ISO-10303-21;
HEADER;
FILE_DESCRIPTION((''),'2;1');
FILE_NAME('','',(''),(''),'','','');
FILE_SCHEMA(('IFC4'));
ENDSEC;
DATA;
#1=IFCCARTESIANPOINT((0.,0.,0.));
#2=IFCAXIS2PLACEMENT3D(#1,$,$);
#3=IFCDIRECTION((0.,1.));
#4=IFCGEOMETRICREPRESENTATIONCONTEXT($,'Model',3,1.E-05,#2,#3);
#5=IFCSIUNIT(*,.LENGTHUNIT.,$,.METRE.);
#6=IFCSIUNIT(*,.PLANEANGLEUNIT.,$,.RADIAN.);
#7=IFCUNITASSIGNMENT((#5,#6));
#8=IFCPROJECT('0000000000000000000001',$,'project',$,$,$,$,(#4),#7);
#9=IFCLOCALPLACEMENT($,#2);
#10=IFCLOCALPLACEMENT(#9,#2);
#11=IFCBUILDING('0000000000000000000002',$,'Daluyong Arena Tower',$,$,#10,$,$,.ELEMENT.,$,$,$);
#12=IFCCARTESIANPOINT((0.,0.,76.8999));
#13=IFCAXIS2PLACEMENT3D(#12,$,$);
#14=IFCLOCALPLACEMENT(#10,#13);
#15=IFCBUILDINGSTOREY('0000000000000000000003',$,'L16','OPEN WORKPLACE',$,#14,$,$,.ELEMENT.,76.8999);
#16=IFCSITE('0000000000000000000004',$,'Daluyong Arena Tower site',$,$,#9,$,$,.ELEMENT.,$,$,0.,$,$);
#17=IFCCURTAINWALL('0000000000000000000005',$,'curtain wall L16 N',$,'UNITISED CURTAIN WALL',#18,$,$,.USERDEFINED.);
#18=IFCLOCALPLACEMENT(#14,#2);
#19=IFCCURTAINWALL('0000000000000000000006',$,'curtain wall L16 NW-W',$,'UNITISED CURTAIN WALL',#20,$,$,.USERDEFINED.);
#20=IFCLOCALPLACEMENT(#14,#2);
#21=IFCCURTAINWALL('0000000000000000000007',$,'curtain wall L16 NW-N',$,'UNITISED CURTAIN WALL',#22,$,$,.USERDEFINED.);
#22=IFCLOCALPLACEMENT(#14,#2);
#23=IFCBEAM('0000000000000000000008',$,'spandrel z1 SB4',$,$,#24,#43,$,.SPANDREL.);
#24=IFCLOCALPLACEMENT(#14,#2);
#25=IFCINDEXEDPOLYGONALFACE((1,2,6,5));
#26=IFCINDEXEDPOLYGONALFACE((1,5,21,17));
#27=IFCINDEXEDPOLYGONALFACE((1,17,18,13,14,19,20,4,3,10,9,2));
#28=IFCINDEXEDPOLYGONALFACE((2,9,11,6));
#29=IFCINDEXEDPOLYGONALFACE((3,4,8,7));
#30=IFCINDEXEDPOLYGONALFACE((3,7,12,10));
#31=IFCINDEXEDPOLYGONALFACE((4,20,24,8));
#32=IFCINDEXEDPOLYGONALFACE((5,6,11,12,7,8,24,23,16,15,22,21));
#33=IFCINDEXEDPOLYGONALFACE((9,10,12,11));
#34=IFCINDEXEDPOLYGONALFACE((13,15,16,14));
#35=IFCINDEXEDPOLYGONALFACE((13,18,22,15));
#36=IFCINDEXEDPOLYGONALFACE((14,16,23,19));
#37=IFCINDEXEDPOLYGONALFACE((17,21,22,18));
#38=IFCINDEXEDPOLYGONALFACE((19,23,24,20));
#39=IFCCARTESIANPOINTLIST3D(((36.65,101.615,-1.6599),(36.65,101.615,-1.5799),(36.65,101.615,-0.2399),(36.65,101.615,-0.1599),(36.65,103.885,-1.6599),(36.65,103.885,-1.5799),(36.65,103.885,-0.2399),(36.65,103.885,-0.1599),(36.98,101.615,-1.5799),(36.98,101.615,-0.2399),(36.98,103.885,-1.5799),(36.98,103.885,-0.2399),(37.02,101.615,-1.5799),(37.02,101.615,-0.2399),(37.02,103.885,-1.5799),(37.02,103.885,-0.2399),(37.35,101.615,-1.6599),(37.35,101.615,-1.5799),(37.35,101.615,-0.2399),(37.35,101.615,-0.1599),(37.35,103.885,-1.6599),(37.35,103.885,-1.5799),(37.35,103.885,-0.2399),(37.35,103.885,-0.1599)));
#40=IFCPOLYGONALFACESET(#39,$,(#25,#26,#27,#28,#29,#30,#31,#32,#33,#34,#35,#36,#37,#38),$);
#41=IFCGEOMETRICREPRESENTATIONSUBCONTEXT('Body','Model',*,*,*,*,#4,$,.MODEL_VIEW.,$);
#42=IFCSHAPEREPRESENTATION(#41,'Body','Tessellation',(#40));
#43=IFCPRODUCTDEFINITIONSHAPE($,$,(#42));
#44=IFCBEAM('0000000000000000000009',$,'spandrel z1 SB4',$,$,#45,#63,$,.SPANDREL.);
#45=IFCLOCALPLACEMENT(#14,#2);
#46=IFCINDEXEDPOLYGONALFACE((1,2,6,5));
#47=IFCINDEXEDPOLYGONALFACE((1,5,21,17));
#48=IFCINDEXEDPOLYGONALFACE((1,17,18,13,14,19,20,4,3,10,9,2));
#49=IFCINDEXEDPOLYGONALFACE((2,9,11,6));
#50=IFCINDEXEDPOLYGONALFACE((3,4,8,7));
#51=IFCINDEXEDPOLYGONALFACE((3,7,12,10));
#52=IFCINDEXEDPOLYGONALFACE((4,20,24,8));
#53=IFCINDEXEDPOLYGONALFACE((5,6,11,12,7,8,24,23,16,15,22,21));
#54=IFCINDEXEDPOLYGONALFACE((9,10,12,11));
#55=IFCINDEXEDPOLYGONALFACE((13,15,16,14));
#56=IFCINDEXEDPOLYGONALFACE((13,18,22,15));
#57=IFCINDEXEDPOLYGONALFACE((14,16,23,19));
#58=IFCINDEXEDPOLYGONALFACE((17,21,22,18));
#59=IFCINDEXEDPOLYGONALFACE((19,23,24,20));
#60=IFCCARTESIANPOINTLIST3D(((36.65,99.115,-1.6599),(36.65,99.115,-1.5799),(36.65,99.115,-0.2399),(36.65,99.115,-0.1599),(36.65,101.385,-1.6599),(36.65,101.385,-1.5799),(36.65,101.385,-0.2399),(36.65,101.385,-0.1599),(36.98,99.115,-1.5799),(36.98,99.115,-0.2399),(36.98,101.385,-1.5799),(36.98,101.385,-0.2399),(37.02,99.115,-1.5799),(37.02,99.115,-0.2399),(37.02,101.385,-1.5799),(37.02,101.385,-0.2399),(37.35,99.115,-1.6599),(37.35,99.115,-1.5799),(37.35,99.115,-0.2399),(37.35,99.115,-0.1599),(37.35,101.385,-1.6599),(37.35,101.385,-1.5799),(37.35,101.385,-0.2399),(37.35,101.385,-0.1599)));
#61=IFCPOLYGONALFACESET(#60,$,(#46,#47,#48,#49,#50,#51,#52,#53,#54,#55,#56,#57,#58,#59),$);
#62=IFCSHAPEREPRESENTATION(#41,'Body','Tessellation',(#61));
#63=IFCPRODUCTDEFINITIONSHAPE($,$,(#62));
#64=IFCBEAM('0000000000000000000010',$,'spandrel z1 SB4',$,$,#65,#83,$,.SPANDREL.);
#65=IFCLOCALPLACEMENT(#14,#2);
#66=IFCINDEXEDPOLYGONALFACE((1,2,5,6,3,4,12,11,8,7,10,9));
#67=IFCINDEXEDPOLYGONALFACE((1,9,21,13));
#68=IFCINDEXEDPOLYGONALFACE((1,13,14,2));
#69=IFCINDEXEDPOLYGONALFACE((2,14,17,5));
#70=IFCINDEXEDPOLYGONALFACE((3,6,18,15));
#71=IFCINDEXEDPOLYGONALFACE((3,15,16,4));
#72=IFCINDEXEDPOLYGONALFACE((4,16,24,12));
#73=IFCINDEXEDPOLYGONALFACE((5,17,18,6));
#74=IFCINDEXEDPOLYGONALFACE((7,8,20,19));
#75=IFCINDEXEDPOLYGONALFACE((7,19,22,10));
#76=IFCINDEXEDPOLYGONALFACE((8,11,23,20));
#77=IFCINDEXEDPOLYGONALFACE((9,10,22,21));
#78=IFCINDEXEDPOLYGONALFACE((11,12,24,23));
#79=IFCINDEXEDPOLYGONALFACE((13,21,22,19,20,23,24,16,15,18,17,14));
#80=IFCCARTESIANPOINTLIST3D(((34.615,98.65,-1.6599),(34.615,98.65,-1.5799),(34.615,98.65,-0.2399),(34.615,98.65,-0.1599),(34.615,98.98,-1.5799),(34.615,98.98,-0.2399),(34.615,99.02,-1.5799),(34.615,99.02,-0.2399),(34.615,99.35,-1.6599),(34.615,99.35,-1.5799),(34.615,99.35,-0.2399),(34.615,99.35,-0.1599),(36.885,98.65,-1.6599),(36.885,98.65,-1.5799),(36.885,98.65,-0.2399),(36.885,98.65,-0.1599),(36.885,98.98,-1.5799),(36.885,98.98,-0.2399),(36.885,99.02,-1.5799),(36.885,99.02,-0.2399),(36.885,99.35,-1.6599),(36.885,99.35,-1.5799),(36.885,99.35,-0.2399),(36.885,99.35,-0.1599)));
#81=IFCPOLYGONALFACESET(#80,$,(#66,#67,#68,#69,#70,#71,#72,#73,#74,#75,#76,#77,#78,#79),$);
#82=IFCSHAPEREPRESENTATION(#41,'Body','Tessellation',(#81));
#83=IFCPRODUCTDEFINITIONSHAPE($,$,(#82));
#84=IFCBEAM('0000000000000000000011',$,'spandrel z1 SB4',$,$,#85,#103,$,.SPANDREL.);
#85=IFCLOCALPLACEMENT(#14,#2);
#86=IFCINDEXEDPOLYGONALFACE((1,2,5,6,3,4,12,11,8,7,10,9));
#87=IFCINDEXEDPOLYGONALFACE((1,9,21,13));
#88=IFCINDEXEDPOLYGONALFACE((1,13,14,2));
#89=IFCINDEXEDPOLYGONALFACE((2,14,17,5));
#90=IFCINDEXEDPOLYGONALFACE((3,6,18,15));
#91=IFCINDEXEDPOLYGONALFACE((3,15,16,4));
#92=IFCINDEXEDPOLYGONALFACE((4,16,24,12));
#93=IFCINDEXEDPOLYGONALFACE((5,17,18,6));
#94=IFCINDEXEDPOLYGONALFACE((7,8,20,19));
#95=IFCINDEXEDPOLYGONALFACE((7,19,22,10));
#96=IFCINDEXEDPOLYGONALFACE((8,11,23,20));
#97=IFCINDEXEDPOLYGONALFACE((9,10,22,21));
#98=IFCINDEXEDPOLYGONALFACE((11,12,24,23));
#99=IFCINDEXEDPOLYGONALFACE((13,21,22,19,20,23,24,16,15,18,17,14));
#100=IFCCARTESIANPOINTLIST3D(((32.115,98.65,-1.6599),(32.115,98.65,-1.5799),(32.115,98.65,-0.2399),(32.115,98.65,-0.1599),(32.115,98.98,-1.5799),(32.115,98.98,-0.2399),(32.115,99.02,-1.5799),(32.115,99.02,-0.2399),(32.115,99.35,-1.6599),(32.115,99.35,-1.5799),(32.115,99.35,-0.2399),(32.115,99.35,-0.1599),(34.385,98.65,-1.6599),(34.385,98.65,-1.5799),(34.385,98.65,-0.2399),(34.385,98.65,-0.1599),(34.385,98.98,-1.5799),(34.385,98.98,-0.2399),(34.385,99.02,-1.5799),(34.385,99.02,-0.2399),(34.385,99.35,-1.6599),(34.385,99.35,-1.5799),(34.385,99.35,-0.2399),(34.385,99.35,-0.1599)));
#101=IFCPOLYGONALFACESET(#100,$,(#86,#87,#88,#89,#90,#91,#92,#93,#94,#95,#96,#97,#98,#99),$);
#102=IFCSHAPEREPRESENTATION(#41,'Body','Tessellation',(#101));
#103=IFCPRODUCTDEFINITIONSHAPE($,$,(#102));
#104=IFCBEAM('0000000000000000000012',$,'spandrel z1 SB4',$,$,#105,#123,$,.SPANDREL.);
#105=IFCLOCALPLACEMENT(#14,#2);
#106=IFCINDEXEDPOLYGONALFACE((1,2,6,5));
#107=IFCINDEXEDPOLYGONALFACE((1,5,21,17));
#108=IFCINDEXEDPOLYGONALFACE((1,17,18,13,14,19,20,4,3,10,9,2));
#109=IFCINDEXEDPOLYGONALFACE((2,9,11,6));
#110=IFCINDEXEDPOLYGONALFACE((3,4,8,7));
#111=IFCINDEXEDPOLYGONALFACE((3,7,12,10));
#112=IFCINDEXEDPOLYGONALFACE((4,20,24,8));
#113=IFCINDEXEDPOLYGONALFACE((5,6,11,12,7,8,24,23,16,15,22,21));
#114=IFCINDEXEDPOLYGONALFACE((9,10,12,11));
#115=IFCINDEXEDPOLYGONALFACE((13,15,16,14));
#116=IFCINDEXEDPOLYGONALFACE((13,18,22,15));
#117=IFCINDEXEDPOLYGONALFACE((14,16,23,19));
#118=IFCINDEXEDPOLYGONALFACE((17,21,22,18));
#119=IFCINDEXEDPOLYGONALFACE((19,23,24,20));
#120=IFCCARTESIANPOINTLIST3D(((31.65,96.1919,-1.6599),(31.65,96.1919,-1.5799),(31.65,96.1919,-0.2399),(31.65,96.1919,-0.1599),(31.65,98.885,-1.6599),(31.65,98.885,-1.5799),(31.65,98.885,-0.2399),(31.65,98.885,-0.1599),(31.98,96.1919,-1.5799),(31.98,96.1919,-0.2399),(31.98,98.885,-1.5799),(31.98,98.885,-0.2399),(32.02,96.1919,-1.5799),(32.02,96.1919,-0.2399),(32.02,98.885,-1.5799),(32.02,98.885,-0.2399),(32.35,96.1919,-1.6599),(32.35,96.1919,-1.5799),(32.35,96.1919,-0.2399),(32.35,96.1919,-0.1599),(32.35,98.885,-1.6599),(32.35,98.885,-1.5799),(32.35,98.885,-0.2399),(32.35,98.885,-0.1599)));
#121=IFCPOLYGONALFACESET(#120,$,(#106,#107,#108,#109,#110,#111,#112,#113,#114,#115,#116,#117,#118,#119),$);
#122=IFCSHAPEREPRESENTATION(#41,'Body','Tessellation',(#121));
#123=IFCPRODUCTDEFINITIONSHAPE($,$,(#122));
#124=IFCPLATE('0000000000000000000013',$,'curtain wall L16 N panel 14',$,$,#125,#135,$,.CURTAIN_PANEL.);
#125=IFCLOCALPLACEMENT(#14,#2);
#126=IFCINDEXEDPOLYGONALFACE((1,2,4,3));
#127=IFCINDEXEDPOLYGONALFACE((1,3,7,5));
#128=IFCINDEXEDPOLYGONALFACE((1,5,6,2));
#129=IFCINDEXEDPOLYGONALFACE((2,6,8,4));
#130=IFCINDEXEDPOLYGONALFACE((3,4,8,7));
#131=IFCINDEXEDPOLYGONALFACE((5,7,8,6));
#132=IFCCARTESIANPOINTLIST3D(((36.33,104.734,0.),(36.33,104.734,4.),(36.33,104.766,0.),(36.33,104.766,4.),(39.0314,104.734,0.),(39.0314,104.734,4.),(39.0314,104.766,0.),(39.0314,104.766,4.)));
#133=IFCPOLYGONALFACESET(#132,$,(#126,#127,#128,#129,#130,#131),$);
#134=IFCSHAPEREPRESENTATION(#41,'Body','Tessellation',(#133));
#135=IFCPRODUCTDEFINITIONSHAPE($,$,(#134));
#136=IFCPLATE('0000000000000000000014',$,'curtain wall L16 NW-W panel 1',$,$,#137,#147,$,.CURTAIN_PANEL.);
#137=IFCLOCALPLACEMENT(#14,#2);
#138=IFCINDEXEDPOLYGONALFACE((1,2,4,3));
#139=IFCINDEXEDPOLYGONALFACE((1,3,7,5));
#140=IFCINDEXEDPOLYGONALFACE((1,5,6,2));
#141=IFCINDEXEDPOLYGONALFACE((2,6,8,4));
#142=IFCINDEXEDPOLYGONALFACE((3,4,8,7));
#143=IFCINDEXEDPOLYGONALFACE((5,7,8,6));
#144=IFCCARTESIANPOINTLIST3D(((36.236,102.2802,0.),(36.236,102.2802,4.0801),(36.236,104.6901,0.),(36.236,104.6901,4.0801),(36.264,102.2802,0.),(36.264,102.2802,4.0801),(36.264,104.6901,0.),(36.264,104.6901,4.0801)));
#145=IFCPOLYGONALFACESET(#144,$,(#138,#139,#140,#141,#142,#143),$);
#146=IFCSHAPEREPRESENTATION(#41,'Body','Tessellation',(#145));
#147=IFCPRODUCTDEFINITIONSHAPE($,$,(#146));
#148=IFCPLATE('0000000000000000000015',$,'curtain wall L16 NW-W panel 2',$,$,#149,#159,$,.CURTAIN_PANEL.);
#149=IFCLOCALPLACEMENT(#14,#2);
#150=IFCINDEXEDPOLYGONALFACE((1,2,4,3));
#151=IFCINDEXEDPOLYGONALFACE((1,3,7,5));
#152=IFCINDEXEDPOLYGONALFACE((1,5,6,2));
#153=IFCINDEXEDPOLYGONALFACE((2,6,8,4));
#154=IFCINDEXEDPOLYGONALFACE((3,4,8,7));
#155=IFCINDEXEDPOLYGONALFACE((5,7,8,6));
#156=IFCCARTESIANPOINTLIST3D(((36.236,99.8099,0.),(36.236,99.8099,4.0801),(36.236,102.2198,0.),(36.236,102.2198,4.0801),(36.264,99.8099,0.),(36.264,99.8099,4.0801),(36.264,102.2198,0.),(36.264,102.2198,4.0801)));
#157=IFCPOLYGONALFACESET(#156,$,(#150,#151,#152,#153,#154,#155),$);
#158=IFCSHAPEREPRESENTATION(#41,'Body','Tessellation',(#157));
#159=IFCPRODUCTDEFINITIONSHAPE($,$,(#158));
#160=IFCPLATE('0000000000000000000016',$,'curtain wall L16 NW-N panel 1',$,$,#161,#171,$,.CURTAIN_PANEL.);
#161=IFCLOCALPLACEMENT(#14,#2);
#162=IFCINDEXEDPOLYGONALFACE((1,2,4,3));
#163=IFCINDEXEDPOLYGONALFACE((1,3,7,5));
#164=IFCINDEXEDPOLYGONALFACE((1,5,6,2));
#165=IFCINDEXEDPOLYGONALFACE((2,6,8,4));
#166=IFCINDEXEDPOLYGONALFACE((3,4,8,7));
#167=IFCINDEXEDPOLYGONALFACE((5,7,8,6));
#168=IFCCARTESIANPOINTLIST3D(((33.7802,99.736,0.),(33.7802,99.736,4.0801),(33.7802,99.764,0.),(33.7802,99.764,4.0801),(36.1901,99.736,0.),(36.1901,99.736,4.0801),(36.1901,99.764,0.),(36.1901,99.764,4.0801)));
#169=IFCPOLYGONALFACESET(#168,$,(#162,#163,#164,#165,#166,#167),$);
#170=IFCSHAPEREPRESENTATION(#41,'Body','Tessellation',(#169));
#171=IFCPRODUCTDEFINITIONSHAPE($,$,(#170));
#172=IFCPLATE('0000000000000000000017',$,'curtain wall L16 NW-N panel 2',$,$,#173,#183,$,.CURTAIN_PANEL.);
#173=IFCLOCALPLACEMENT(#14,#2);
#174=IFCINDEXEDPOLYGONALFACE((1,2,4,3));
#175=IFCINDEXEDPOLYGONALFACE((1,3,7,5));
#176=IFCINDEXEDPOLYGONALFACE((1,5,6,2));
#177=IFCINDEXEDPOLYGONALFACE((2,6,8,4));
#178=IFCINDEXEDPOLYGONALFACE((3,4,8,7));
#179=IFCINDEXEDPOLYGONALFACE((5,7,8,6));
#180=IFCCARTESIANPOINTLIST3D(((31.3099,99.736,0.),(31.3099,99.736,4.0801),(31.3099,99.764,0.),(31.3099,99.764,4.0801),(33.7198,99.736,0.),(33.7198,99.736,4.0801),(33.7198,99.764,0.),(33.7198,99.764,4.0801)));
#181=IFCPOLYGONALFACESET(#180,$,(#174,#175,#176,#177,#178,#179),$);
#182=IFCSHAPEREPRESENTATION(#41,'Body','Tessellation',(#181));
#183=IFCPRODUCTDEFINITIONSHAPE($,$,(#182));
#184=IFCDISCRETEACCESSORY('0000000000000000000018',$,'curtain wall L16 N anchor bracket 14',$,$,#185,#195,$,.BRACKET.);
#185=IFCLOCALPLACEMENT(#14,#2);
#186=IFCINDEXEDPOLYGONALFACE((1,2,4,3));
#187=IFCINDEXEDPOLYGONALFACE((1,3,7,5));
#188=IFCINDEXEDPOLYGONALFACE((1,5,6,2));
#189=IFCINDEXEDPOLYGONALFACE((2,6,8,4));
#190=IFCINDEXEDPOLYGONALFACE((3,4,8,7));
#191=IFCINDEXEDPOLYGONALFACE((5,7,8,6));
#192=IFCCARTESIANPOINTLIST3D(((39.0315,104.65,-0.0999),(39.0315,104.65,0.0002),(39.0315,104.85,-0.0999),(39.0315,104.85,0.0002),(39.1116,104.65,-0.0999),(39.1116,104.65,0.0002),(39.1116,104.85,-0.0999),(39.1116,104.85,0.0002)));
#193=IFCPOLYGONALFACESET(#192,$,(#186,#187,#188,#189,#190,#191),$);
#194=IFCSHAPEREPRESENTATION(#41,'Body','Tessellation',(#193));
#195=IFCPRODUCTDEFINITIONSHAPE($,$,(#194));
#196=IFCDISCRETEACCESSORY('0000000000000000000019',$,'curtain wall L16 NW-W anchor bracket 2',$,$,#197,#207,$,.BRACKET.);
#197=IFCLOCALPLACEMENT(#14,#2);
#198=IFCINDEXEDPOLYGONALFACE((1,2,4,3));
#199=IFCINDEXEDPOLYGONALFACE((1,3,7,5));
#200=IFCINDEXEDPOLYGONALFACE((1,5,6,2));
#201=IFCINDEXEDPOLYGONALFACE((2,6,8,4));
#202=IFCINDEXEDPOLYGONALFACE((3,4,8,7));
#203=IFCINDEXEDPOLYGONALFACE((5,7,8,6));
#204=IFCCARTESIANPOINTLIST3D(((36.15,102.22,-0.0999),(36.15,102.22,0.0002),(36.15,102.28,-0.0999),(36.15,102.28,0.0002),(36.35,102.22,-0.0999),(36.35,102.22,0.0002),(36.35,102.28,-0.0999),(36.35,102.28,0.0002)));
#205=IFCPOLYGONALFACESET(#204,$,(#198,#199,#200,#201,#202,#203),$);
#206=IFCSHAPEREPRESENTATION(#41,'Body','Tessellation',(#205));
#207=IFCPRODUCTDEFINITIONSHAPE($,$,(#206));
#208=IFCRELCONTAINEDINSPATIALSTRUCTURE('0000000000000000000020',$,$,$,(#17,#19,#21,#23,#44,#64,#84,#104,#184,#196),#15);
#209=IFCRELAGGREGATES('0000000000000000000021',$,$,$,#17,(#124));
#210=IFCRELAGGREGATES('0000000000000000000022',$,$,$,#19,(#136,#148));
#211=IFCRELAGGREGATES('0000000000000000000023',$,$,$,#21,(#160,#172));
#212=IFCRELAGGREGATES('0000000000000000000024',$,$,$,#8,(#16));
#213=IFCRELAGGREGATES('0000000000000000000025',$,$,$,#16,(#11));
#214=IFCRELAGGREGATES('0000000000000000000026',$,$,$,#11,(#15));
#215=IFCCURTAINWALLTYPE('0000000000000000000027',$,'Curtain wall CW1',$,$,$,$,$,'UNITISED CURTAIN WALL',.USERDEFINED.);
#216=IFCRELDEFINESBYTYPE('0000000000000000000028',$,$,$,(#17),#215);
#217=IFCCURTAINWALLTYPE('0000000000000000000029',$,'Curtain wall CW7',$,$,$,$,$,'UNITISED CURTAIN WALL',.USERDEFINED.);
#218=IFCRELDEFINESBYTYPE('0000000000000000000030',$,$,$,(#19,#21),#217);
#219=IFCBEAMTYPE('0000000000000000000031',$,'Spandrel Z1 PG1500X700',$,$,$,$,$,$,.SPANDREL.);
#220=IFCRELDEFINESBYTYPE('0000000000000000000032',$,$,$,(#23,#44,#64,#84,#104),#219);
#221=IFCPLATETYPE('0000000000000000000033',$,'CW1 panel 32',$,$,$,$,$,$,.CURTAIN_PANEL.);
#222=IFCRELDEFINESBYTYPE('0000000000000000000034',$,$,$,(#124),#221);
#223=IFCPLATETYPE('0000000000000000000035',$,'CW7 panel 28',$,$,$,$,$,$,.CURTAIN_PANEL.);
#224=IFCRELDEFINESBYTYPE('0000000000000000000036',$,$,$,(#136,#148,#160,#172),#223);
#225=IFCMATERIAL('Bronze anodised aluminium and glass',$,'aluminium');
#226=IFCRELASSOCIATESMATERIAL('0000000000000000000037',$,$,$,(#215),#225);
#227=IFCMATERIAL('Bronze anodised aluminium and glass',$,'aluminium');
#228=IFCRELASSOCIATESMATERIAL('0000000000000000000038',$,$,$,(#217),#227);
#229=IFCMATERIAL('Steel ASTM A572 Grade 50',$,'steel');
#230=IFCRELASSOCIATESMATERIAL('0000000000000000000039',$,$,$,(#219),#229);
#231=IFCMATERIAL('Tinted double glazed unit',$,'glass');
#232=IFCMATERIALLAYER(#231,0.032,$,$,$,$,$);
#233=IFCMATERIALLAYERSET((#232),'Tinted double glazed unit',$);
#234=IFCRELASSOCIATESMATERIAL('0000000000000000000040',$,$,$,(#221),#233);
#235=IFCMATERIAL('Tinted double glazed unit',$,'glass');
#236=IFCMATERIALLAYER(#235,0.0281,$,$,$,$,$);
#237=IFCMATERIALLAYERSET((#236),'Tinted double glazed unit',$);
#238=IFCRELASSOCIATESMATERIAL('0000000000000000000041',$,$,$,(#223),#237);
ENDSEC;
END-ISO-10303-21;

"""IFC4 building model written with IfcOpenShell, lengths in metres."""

from ifc_helpers import new_model, si_unit, direction, frame, origin, origin_2d, place, context, subcontext, project, spatial, rectangle, i_section, extrude, material, layer, layer_set, material_profile, profile_set, type_object, element, aggregate, save


model = new_model("IFC4")

# Units and contexts
model_context = context("Model", 3, precision=1e-05, world=origin(), true_north=direction((0.0, 1.0)))
body_context = subcontext(model_context, "Body", "Model", "MODEL_VIEW")
ifc_project = project(units=[si_unit("LENGTHUNIT", "METRE"), si_unit("PLANEANGLEUNIT", "RADIAN")], contexts=[model_context])

# Site, building, storey
site_placement = place(None, origin())
site = spatial("IfcSite", under=ifc_project, at=site_placement, Name="Daluyong Arena Tower site", CompositionType="ELEMENT", RefElevation=0.0)
building_placement = place(site_placement, origin())
building = spatial("IfcBuilding", under=site, at=building_placement, Name="Daluyong Arena Tower", CompositionType="ELEMENT")
storey_placement = place(building_placement, frame((0.0, 0.0, 76.8999)))
storey = spatial("IfcBuildingStorey", under=building, at=storey_placement, Name="L16", Description="OPEN WORKPLACE", CompositionType="ELEMENT", Elevation=76.8999)

# Curtain wall
ifc_material_1 = material(Name="Bronze anodised aluminium and glass", Category="aluminium")
curtain_wall_type_1 = type_object("IfcCurtainWallType", Name="Curtain wall CW1", ElementType="UNITISED CURTAIN WALL", PredefinedType="USERDEFINED", material=ifc_material_1)
curtain_wall_1_placement = place(storey_placement, origin())
curtain_wall_1 = element("IfcCurtainWall", 1, at=curtain_wall_1_placement, inside=storey, type_object=curtain_wall_type_1, Name="curtain wall L16 N", ObjectType="UNITISED CURTAIN WALL", PredefinedType="USERDEFINED")

# Curtain walls
ifc_material_2 = material(Name="Bronze anodised aluminium and glass", Category="aluminium")
curtain_wall_type_2 = type_object("IfcCurtainWallType", Name="Curtain wall CW7", ElementType="UNITISED CURTAIN WALL", PredefinedType="USERDEFINED", material=ifc_material_2)
curtain_wall_2_placement = place(storey_placement, origin())
curtain_wall_2 = element("IfcCurtainWall", 2, at=curtain_wall_2_placement, inside=storey, type_object=curtain_wall_type_2, Name="curtain wall L16 NW-W", ObjectType="UNITISED CURTAIN WALL", PredefinedType="USERDEFINED")
curtain_wall_3_placement = place(storey_placement, origin())
curtain_wall_3 = element("IfcCurtainWall", 3, at=curtain_wall_3_placement, inside=storey, type_object=curtain_wall_type_2, Name="curtain wall L16 NW-N", ObjectType="UNITISED CURTAIN WALL", PredefinedType="USERDEFINED")

# Beams
ifc_material_3 = material(Name="Steel ASTM A572 Grade 50", Category="steel")
ifc_material_profile_1 = material_profile(ifc_material_3, i_section(OverallWidth=0.7, OverallDepth=1.5, WebThickness=0.04, FlangeThickness=0.08, at=origin_2d()))
ifc_profile_set_1 = profile_set([ifc_material_profile_1], Name="Steel ASTM A572 Grade 50")
beam_type_1 = type_object("IfcBeamType", Name="Spandrel Z1 PG1500X700", PredefinedType="SPANDREL", material=ifc_profile_set_1)
for number, where, z_axis, x_axis, name in (
    (4, (37.0, 103.885, -0.9099), (0.0, -1.0, 0.0), (1.0, 0.0, 0.0), "spandrel z1 SB4"),
    (5, (37.0, 101.385, -0.9099), (0.0, -1.0, 0.0), (1.0, 0.0, 0.0), "spandrel z1 SB4"),
    (6, (36.885, 99.0, -0.9099), (-1.0, 0.0, 0.0), (0.0, -1.0, 0.0), "spandrel z1 SB4"),
    (7, (34.385, 99.0, -0.9099), (-1.0, 0.0, 0.0), (0.0, -1.0, 0.0), "spandrel z1 SB4"),
):
    element("IfcBeam", number, at=place(storey_placement, frame(where, z_axis=z_axis, x_axis=x_axis)), inside=storey, type_object=beam_type_1, Name=name, PredefinedType="SPANDREL", context=body_context, shape_type="SweptSolid", body=[
        extrude(i_section(OverallWidth=0.7, OverallDepth=1.5, WebThickness=0.04, FlangeThickness=0.08, at=origin_2d()), origin(), (0.0, 0.0, 1.0), 2.27),
    ])
beam_1_placement = place(storey_placement, frame((32.0, 98.885, -0.9099), z_axis=(0.0, -1.0, 0.0), x_axis=(1.0, 0.0, 0.0)))
element("IfcBeam", 8, at=beam_1_placement, inside=storey, type_object=beam_type_1, Name="spandrel z1 SB4", PredefinedType="SPANDREL", context=body_context, shape_type="SweptSolid", body=[
    extrude(i_section(OverallWidth=0.7, OverallDepth=1.5, WebThickness=0.04, FlangeThickness=0.08, at=origin_2d()), origin(), (0.0, 0.0, 1.0), 2.6931),
])

# Plates
ifc_material_4 = material(Name="Tinted double glazed unit", Category="glass")
ifc_layer_1 = layer(ifc_material_4, 0.032)
ifc_layer_set_1 = layer_set([ifc_layer_1], Name="Tinted double glazed unit")
plate_type_1 = type_object("IfcPlateType", Name="CW1 panel 32", PredefinedType="CURTAIN_PANEL", material=ifc_layer_set_1)
plate_1_placement = place(storey_placement, frame((37.6807, 104.75, 0.0), z_axis=(0.0, 0.0, 1.0), x_axis=(-1.0, 0.0, 0.0)))
plate_1 = element("IfcPlate", 9, at=plate_1_placement, type_object=plate_type_1, Name="curtain wall L16 N panel 14", PredefinedType="CURTAIN_PANEL", context=body_context, shape_type="SweptSolid", body=[
    extrude(rectangle(XDim=2.7014, YDim=0.032, at=origin_2d()), origin(), (0.0, 0.0, 1.0), 4.0),
])
aggregate(curtain_wall_1, [plate_1])
ifc_material_5 = material(Name="Tinted double glazed unit", Category="glass")
ifc_layer_2 = layer(ifc_material_5, 0.0281)
ifc_layer_set_2 = layer_set([ifc_layer_2], Name="Tinted double glazed unit")
plate_type_2 = type_object("IfcPlateType", Name="CW7 panel 28", PredefinedType="CURTAIN_PANEL", material=ifc_layer_set_2)
plate_2_placement = place(storey_placement, frame((36.25, 103.4851, 0.0), z_axis=(0.0, 0.0, 1.0), x_axis=(0.0, -1.0, 0.0)))
plate_2 = element("IfcPlate", 10, at=plate_2_placement, type_object=plate_type_2, Name="curtain wall L16 NW-W panel 1", PredefinedType="CURTAIN_PANEL", context=body_context, shape_type="SweptSolid", body=[
    extrude(rectangle(XDim=2.4099, YDim=0.0281, at=origin_2d()), origin(), (0.0, 0.0, 1.0), 4.0801),
])
plate_3_placement = place(storey_placement, frame((36.25, 101.0149, 0.0), z_axis=(0.0, 0.0, 1.0), x_axis=(0.0, -1.0, 0.0)))
plate_3 = element("IfcPlate", 11, at=plate_3_placement, type_object=plate_type_2, Name="curtain wall L16 NW-W panel 2", PredefinedType="CURTAIN_PANEL", context=body_context, shape_type="SweptSolid", body=[
    extrude(rectangle(XDim=2.4099, YDim=0.0281, at=origin_2d()), origin(), (0.0, 0.0, 1.0), 4.0801),
])
aggregate(curtain_wall_2, [plate_2, plate_3])
plate_4_placement = place(storey_placement, frame((34.9851, 99.75, 0.0), z_axis=(0.0, 0.0, 1.0), x_axis=(-1.0, 0.0, 0.0)))
plate_4 = element("IfcPlate", 12, at=plate_4_placement, type_object=plate_type_2, Name="curtain wall L16 NW-N panel 1", PredefinedType="CURTAIN_PANEL", context=body_context, shape_type="SweptSolid", body=[
    extrude(rectangle(XDim=2.4099, YDim=0.0281, at=origin_2d()), origin(), (0.0, 0.0, 1.0), 4.0801),
])
plate_5_placement = place(storey_placement, frame((32.5149, 99.75, 0.0), z_axis=(0.0, 0.0, 1.0), x_axis=(-1.0, 0.0, 0.0)))
plate_5 = element("IfcPlate", 13, at=plate_5_placement, type_object=plate_type_2, Name="curtain wall L16 NW-N panel 2", PredefinedType="CURTAIN_PANEL", context=body_context, shape_type="SweptSolid", body=[
    extrude(rectangle(XDim=2.4099, YDim=0.0281, at=origin_2d()), origin(), (0.0, 0.0, 1.0), 4.0801),
])
aggregate(curtain_wall_3, [plate_4, plate_5])

# Discrete accessories
discrete_accessory_placement = place(storey_placement, frame((39.0715, 104.75, -0.0999), z_axis=(0.0, 0.0, 1.0), x_axis=(-1.0, 0.0, 0.0)))
element("IfcDiscreteAccessory", 14, at=discrete_accessory_placement, inside=storey, Name="curtain wall L16 N anchor bracket 14", PredefinedType="BRACKET", context=body_context, shape_type="SweptSolid", body=[
    extrude(rectangle(XDim=0.0801, YDim=0.2, at=origin_2d()), origin(), (0.0, 0.0, 1.0), 0.1001),
])
for number, where, z_axis, x_axis, name in (
    (15, (36.25, 102.25, -0.0999), (0.0, 0.0, 1.0), (0.0, -1.0, 0.0), "curtain wall L16 NW-W anchor bracket 2"),
):
    element("IfcDiscreteAccessory", number, at=place(storey_placement, frame(where, z_axis=z_axis, x_axis=x_axis)), inside=storey, Name=name, PredefinedType="BRACKET", context=body_context, shape_type="SweptSolid", body=[
        extrude(rectangle(XDim=0.0601, YDim=0.2, at=origin_2d()), origin(), (0.0, 0.0, 1.0), 0.1001),
    ])

save(model, "model.ifc")
